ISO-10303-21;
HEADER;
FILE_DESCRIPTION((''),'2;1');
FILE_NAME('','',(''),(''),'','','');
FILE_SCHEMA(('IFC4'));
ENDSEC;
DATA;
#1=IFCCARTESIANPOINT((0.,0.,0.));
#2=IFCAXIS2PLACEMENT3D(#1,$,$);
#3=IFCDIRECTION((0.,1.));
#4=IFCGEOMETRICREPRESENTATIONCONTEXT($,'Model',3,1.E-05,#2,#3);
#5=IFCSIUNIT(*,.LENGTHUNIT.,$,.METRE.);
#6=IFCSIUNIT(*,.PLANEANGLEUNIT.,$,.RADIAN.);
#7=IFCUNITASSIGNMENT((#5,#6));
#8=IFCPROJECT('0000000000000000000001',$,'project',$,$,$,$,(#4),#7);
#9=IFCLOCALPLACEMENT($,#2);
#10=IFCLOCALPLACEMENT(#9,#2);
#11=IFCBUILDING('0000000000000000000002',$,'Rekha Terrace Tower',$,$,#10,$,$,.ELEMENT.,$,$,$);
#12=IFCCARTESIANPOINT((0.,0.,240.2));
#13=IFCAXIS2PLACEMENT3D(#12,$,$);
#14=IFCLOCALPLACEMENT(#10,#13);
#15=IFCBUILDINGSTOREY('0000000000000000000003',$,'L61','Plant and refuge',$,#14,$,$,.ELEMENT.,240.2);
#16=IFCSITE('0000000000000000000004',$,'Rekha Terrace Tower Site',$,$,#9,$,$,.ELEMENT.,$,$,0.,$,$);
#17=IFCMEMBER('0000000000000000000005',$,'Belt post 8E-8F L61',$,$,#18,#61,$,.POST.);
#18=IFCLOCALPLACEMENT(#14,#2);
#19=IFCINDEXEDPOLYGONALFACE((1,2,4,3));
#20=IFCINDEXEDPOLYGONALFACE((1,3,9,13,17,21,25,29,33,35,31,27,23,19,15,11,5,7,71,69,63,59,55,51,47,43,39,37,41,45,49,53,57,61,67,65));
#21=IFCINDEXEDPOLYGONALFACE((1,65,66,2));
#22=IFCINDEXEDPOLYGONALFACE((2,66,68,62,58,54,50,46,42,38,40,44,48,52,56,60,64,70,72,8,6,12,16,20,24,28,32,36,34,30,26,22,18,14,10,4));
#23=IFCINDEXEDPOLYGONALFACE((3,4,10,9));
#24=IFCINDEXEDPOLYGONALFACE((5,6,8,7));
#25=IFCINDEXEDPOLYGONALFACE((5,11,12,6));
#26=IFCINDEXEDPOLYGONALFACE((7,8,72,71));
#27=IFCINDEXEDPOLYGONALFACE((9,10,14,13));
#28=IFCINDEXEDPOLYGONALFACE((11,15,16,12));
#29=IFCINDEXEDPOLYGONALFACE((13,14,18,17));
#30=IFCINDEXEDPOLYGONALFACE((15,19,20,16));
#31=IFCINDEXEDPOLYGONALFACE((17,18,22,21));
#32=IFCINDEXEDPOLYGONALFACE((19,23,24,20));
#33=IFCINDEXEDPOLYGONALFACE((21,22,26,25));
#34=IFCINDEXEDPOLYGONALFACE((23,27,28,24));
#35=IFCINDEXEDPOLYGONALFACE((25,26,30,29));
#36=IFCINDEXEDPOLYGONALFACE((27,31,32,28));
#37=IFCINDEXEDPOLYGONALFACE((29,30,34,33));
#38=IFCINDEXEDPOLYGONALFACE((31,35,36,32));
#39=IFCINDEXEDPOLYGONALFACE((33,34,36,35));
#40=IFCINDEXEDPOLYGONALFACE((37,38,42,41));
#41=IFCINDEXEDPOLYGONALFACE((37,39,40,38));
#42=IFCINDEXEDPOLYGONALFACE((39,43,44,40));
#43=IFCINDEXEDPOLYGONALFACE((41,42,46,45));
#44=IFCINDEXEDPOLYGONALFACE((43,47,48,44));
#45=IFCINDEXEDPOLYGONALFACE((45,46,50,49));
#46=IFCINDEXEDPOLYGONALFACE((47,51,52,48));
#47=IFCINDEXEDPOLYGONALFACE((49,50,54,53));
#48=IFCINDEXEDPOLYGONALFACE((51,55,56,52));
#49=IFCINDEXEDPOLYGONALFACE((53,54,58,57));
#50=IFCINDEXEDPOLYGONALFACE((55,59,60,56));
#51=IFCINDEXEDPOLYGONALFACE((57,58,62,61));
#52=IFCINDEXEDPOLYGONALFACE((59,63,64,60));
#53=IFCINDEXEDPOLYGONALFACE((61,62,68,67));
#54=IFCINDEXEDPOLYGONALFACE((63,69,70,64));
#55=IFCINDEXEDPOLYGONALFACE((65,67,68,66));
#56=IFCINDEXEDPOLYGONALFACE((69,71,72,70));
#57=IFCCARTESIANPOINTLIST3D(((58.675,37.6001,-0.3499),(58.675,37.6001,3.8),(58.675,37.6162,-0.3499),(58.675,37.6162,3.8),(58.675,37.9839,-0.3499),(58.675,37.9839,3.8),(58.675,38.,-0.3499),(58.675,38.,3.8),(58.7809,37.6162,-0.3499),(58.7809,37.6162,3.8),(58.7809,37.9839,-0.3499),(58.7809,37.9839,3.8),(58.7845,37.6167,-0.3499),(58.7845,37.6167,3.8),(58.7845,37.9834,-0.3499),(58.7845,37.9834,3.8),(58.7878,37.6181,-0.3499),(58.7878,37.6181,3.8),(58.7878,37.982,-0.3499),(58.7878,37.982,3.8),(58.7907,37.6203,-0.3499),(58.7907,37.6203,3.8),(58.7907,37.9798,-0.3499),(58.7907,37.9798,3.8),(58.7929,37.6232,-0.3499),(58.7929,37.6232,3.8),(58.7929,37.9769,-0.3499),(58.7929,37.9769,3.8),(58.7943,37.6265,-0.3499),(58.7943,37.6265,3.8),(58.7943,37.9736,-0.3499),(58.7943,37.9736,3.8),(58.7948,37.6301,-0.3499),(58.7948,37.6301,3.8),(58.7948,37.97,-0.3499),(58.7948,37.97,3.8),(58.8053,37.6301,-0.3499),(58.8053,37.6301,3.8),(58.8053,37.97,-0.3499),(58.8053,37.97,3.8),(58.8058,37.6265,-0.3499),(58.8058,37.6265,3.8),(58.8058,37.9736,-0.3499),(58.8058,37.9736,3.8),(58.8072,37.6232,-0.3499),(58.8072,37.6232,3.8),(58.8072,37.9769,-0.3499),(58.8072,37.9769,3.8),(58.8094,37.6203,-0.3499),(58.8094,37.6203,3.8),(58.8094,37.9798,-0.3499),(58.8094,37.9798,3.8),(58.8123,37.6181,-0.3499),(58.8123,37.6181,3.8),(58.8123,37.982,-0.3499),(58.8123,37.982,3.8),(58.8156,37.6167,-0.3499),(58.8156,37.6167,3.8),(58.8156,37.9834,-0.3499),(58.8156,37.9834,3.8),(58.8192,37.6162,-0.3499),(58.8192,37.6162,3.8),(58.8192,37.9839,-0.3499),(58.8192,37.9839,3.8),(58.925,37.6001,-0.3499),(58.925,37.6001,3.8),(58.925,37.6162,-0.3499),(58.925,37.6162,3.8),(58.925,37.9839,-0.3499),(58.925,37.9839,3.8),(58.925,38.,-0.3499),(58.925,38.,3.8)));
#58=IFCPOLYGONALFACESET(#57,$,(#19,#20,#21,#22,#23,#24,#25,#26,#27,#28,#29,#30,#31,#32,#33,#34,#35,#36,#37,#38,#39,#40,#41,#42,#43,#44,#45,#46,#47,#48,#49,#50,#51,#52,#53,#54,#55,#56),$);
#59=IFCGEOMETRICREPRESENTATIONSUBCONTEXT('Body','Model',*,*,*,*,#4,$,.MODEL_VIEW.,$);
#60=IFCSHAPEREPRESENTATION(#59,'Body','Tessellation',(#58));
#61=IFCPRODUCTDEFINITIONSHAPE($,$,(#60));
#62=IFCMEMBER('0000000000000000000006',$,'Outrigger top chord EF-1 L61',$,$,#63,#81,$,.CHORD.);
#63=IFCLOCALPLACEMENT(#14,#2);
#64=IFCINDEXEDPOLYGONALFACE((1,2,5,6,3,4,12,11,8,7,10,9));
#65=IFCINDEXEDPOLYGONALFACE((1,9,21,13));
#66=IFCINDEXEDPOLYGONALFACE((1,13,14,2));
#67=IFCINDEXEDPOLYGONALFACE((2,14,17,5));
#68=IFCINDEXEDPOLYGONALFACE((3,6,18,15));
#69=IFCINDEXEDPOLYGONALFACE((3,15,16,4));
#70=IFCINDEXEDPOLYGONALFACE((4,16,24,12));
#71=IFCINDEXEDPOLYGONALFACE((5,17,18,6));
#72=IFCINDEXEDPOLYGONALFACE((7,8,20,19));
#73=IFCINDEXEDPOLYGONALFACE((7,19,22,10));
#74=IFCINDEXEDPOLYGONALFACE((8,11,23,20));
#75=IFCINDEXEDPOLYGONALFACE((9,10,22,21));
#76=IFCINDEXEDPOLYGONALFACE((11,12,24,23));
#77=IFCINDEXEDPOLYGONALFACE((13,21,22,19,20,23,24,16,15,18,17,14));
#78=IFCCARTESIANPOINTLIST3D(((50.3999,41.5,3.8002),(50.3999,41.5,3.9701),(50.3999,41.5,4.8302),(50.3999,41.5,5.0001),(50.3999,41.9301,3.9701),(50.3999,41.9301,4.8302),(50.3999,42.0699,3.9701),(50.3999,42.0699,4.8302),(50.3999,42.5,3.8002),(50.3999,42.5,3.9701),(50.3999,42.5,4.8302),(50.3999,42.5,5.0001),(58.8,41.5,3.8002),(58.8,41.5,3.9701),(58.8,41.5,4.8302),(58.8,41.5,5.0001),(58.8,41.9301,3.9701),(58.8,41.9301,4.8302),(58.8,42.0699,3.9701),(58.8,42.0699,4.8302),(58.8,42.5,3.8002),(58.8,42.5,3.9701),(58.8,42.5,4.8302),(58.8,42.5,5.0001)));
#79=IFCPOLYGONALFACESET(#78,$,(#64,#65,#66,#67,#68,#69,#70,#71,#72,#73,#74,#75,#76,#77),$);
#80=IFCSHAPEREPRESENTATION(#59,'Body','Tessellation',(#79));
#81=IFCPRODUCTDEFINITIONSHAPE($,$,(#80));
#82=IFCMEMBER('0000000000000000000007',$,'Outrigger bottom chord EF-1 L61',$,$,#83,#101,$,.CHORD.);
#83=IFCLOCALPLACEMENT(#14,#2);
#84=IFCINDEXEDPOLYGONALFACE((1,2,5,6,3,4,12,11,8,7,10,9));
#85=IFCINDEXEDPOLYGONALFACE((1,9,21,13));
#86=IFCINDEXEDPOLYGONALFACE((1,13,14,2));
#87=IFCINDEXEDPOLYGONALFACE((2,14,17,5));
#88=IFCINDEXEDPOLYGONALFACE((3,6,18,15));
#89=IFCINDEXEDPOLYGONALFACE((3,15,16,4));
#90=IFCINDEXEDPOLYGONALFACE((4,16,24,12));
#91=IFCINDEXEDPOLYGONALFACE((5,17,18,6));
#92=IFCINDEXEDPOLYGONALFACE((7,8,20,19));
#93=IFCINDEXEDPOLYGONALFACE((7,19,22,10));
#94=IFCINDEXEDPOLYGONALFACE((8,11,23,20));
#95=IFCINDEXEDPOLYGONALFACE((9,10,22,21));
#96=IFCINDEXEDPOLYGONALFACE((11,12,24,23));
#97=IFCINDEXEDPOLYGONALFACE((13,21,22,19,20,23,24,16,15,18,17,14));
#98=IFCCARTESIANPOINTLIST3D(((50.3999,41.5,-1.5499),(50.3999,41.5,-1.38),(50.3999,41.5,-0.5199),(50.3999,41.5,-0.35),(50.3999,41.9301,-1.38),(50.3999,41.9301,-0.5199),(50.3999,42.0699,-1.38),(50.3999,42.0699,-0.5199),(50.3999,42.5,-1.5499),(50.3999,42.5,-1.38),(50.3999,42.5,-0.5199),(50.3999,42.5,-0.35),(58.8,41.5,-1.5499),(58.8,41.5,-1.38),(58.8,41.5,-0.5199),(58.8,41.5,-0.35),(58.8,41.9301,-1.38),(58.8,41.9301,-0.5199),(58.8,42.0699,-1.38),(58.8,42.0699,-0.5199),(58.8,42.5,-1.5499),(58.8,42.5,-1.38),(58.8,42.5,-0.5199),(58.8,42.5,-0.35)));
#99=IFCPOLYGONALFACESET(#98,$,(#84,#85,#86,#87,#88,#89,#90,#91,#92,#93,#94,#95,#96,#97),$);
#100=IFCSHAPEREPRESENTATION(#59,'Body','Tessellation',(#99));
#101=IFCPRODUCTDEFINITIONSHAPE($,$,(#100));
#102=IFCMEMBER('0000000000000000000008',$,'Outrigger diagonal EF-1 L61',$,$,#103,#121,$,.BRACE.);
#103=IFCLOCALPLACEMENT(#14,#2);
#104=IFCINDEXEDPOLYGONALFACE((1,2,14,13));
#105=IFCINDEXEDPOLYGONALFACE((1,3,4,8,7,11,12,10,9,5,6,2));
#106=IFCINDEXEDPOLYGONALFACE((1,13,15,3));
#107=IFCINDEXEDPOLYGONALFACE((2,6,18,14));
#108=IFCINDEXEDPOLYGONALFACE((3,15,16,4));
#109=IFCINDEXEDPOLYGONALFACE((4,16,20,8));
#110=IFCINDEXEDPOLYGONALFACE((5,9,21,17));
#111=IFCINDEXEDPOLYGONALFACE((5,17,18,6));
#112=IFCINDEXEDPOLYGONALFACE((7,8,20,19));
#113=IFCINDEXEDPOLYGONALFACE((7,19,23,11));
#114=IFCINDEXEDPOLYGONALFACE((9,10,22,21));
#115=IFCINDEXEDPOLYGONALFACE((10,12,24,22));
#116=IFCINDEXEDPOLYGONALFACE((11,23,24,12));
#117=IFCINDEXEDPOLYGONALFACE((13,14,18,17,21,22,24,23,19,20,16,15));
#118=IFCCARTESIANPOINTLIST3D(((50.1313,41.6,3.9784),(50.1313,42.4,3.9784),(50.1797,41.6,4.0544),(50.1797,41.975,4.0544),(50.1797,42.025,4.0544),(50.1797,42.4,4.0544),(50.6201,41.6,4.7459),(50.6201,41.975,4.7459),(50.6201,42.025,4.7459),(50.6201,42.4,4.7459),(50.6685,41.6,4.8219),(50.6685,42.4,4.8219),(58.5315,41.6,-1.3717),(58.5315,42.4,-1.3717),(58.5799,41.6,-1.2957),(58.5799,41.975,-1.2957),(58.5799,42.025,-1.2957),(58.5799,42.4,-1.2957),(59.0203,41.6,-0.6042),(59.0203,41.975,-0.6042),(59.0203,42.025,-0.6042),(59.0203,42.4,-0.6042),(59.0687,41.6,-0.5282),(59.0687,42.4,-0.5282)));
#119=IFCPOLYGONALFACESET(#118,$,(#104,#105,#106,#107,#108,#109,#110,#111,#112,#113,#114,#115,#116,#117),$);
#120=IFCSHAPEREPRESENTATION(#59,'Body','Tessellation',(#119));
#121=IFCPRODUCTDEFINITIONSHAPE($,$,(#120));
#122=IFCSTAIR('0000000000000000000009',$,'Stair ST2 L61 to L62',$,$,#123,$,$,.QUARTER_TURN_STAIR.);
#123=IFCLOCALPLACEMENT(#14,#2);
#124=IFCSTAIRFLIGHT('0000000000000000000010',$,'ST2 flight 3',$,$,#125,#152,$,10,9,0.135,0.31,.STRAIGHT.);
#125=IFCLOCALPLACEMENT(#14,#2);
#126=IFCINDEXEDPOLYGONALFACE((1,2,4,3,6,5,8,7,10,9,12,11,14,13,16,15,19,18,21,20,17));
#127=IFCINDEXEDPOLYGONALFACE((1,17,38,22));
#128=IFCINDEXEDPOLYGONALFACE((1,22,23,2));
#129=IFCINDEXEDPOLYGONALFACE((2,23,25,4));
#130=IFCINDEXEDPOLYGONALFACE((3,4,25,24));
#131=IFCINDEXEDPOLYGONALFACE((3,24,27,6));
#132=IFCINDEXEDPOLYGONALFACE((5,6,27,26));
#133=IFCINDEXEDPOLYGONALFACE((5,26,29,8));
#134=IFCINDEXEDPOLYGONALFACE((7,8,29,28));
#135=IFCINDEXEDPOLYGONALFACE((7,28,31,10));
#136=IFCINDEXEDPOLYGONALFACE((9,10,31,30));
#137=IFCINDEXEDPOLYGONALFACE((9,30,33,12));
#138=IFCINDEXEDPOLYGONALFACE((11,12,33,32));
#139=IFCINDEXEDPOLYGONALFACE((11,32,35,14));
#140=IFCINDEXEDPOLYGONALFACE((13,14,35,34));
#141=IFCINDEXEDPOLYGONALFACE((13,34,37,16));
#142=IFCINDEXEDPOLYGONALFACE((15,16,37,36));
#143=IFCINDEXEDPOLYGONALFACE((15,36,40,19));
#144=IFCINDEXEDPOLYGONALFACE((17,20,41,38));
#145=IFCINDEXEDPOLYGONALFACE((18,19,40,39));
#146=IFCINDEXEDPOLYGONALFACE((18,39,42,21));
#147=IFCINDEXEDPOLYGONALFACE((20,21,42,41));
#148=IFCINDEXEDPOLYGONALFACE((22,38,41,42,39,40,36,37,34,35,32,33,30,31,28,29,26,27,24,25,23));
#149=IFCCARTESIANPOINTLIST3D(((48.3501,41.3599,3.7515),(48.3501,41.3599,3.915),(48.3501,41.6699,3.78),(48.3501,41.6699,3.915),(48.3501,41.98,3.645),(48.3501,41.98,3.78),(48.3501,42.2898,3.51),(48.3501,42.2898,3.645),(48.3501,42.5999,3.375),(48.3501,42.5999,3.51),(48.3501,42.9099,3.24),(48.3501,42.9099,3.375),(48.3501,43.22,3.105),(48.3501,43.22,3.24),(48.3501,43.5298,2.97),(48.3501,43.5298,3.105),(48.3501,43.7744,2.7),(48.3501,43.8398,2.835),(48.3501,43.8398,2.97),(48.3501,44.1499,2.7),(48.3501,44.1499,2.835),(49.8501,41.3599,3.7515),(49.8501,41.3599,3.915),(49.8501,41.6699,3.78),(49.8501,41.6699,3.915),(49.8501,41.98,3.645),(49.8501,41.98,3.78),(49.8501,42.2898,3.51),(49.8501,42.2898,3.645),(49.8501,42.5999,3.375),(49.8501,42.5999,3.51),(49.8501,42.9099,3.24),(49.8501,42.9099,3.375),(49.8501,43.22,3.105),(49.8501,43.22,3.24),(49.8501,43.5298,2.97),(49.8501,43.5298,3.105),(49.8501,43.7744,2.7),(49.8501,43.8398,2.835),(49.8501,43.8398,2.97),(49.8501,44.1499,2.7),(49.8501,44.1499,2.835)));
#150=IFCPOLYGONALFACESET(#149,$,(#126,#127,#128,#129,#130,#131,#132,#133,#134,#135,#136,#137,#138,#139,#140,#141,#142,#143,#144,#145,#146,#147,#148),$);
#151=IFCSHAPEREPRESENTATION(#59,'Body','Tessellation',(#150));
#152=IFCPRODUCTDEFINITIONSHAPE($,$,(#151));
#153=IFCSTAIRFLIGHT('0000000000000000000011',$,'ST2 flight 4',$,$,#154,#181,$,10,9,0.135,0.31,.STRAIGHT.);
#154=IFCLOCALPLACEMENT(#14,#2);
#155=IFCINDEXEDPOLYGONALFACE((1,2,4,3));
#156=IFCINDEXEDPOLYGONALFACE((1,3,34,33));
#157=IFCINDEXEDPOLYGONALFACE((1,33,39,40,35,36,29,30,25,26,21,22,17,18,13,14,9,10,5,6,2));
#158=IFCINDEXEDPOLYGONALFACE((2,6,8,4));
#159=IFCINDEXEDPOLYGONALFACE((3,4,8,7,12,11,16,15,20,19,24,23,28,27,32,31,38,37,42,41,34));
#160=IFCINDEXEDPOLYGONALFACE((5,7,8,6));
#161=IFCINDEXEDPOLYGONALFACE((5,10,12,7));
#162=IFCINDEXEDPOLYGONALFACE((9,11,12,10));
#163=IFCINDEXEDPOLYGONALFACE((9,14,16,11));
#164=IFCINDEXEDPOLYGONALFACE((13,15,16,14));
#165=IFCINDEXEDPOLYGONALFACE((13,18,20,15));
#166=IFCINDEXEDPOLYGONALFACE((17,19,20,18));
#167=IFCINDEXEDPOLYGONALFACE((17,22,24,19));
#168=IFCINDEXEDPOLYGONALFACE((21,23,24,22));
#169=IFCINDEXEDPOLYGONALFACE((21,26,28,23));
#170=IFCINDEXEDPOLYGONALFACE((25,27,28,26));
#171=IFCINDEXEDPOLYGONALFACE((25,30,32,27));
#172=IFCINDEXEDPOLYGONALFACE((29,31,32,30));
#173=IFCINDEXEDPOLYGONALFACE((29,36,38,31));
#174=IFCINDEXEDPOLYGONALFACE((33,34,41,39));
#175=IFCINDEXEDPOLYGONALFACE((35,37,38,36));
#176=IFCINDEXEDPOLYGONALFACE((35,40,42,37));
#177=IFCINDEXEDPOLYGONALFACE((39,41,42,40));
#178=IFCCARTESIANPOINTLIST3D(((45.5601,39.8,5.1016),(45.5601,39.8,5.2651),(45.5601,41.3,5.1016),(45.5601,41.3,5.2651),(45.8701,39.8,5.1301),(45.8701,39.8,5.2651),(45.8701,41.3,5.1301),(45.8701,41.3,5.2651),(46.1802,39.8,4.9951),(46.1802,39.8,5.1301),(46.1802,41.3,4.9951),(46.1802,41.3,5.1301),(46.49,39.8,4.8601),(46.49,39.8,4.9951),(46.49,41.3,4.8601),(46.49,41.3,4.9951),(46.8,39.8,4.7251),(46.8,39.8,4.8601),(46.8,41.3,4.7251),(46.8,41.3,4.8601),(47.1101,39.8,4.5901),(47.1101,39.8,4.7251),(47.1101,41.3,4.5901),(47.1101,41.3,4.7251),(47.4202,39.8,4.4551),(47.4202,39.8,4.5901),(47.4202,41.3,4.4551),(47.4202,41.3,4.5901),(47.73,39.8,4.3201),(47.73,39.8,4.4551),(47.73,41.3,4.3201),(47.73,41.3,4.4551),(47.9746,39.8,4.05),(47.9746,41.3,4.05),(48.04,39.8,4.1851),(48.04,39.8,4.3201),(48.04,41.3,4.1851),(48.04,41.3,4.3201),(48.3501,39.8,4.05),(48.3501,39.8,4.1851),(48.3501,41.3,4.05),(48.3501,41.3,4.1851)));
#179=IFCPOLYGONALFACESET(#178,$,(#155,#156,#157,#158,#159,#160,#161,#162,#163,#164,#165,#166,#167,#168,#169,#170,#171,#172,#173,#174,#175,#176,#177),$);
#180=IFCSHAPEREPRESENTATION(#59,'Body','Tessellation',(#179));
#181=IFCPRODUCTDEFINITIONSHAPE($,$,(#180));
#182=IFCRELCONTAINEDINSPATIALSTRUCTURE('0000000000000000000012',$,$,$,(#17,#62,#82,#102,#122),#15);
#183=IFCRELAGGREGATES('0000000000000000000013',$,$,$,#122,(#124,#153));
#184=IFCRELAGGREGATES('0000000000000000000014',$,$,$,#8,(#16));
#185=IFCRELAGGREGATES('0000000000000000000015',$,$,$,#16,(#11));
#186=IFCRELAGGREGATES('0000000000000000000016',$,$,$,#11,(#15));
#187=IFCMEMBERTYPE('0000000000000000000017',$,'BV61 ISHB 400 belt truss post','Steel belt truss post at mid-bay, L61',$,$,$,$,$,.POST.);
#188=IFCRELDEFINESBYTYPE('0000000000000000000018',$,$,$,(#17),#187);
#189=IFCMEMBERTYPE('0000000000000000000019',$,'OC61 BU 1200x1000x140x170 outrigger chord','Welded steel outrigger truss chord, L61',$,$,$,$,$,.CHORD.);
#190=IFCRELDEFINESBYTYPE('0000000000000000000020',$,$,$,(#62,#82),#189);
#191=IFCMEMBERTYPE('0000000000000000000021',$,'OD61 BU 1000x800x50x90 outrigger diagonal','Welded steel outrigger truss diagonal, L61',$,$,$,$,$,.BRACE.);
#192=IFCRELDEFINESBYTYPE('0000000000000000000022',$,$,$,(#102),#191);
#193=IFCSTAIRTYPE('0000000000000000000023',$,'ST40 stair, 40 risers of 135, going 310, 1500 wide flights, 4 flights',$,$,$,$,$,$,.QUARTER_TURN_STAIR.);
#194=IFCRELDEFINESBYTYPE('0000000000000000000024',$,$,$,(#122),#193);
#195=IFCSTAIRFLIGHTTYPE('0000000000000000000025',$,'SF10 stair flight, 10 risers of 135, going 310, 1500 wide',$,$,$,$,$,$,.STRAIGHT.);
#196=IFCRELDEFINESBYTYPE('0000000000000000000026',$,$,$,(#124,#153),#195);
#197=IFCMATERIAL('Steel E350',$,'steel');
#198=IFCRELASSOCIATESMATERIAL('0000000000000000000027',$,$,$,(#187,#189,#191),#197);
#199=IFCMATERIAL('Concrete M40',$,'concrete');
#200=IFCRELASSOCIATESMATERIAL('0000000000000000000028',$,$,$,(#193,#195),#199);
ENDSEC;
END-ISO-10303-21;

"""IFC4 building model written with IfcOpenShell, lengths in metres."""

from ifc_helpers import new_model, si_unit, direction, frame, origin, origin_2d, place, context, subcontext, project, spatial, polyline, i_section, outline, extrude, material, material_profile, profile_set, type_object, element, aggregate, save


model = new_model("IFC4")

# Units and contexts
model_context = context("Model", 3, precision=1e-05, world=origin(), true_north=direction((0.0, 1.0)))
body_context = subcontext(model_context, "Body", "Model", "MODEL_VIEW")
ifc_project = project(units=[si_unit("LENGTHUNIT", "METRE"), si_unit("PLANEANGLEUNIT", "RADIAN")], contexts=[model_context])

# Site, building, storey
site_placement = place(None, origin())
site = spatial("IfcSite", under=ifc_project, at=site_placement, Name="Rekha Terrace Tower Site", CompositionType="ELEMENT", RefElevation=0.0)
building_placement = place(site_placement, origin())
building = spatial("IfcBuilding", under=site, at=building_placement, Name="Rekha Terrace Tower", CompositionType="ELEMENT")
storey_placement = place(building_placement, frame((0.0, 0.0, 240.2)))
storey = spatial("IfcBuildingStorey", under=building, at=storey_placement, Name="L61", Description="Plant and refuge", CompositionType="ELEMENT", Elevation=240.2)

# Members
ifc_material_1 = material(Name="Steel E350", Category="steel")
ifc_material_profile_1 = material_profile(ifc_material_1, i_section(OverallWidth=0.25, OverallDepth=0.3999, WebThickness=0.0105, FlangeThickness=0.0161, FilletRadius=0.0139, at=origin_2d()), Name="ISHB 400")
ifc_profile_set_1 = profile_set([ifc_material_profile_1], Name="Steel E350")
member_type_1 = type_object("IfcMemberType", Name="BV61 ISHB 400 belt truss post", Description="Steel belt truss post at mid-bay, L61", PredefinedType="POST", material=ifc_profile_set_1)
member_1_placement = place(storey_placement, frame((58.8, 37.8, -0.3499), z_axis=(0.0, 0.0, 1.0), x_axis=(1.0, 0.0, 0.0)))
element("IfcMember", 1, at=member_1_placement, inside=storey, type_object=member_type_1, Name="Belt post 8E-8F L61", PredefinedType="POST", context=body_context, shape_type="SweptSolid", body=[
    extrude(i_section(OverallWidth=0.25, OverallDepth=0.3999, WebThickness=0.0105, FlangeThickness=0.0161, FilletRadius=0.0139, at=origin_2d()), origin(), (0.0, 0.0, 1.0), 4.1499),
])
ifc_material_profile_2 = material_profile(ifc_material_1, i_section(OverallWidth=1.0, OverallDepth=1.2, WebThickness=0.1399, FlangeThickness=0.1699, at=origin_2d()), Name="BU 1200x1000x140x170")
ifc_profile_set_2 = profile_set([ifc_material_profile_2], Name="Steel E350")
member_type_2 = type_object("IfcMemberType", Name="OC61 BU 1200x1000x140x170 outrigger chord", Description="Welded steel outrigger truss chord, L61", PredefinedType="CHORD", material=ifc_profile_set_2)
for number, where, z_axis, x_axis, name in (
    (2, (50.3999, 42.0, 4.4001), (1.0, 0.0, 0.0), (0.0, 1.0, 0.0), "Outrigger top chord EF-1 L61"),
    (3, (50.3999, 42.0, -0.95), (1.0, 0.0, 0.0), (0.0, 1.0, 0.0), "Outrigger bottom chord EF-1 L61"),
):
    element("IfcMember", number, at=place(storey_placement, frame(where, z_axis=z_axis, x_axis=x_axis)), inside=storey, type_object=member_type_2, Name=name, PredefinedType="CHORD", context=body_context, shape_type="SweptSolid", body=[
        extrude(i_section(OverallWidth=1.0, OverallDepth=1.2, WebThickness=0.1399, FlangeThickness=0.1699, at=origin_2d()), origin(), (0.0, 0.0, 1.0), 8.4001),
    ])
ifc_material_profile_3 = material_profile(ifc_material_1, i_section(OverallWidth=0.8, OverallDepth=1.0, WebThickness=0.05, FlangeThickness=0.0901, at=origin_2d()), Name="BU 1000x800x50x90")
ifc_profile_set_3 = profile_set([ifc_material_profile_3], Name="Steel E350")
member_type_3 = type_object("IfcMemberType", Name="OD61 BU 1000x800x50x90 outrigger diagonal", Description="Welded steel outrigger truss diagonal, L61", PredefinedType="BRACE", material=ifc_profile_set_3)
member_2_placement = place(storey_placement, frame((50.3999, 42.0, 4.4001), z_axis=(0.843454, 0.0, -0.537201), x_axis=(0.0, 1.0, 0.0)))
element("IfcMember", 4, at=member_2_placement, inside=storey, type_object=member_type_3, Name="Outrigger diagonal EF-1 L61", PredefinedType="BRACE", context=body_context, shape_type="SweptSolid", body=[
    extrude(i_section(OverallWidth=0.8, OverallDepth=1.0, WebThickness=0.05, FlangeThickness=0.0901, at=origin_2d()), origin(), (0.0, 0.0, 1.0), 9.9592),
])

# Stair, stair flights
ifc_material_2 = material(Name="Concrete M40", Category="concrete")
stair_type = type_object("IfcStairType", Name="ST40 stair, 40 risers of 135, going 310, 1500 wide flights, 4 flights", PredefinedType="QUARTER_TURN_STAIR", material=ifc_material_2)
stair_placement = place(storey_placement, origin())
stair = element("IfcStair", 5, at=stair_placement, inside=storey, type_object=stair_type, Name="Stair ST2 L61 to L62", PredefinedType="QUARTER_TURN_STAIR")
stair_flight_type = type_object("IfcStairFlightType", Name="SF10 stair flight, 10 risers of 135, going 310, 1500 wide", PredefinedType="STRAIGHT", material=ifc_material_2)
stair_flight_1_placement = place(storey_placement, frame((49.1001, 44.1499, 2.7), z_axis=(0.0, 0.0, 1.0), x_axis=(0.0, -1.0, 0.0)))
stair_flight_1 = element("IfcStairFlight", 6, at=stair_flight_1_placement, type_object=stair_flight_type, Name="ST2 flight 3", NumberOfRisers=10, NumberOfTreads=9, PredefinedType="STRAIGHT", RiserHeight=0.135, TreadLength=0.31, context=body_context, shape_type="SweptSolid", body=[
    extrude(outline(polyline([(0.0, 0.0), (0.0, 0.135), (0.3101, 0.135), (0.3101, 0.27), (0.6201, 0.27), (0.6201, 0.405), (0.9299, 0.405), (0.9299, 0.54), (1.24, 0.54), (1.24, 0.675), (1.55, 0.675), (1.55, 0.8101), (1.8601, 0.8101), (1.8601, 0.9451), (2.1699, 0.9451), (2.1699, 1.0801), (2.48, 1.0801), (2.48, 1.2151), (2.79, 1.2151), (2.79, 1.3501), (2.79, 1.0515), (0.3755, 0.0), (0.0, 0.0)])), frame((0.0, 0.75, 0.0), z_axis=(0.0, -1.0, 0.0), x_axis=(1.0, 0.0, 0.0)), (0.0, 0.0, 1.0), 1.5),
])
stair_flight_2_placement = place(storey_placement, frame((48.3501, 40.55, 4.05), z_axis=(0.0, 0.0, 1.0), x_axis=(-1.0, 0.0, 0.0)))
stair_flight_2 = element("IfcStairFlight", 7, at=stair_flight_2_placement, type_object=stair_flight_type, Name="ST2 flight 4", NumberOfRisers=10, NumberOfTreads=9, PredefinedType="STRAIGHT", RiserHeight=0.135, TreadLength=0.31, context=body_context, shape_type="SweptSolid", body=[
    extrude(outline(polyline([(0.0, 0.0), (0.0, 0.135), (0.3101, 0.135), (0.3101, 0.27), (0.6201, 0.27), (0.6201, 0.405), (0.9299, 0.405), (0.9299, 0.54), (1.24, 0.54), (1.24, 0.675), (1.55, 0.675), (1.55, 0.8101), (1.8601, 0.8101), (1.8601, 0.9451), (2.1699, 0.9451), (2.1699, 1.0801), (2.48, 1.0801), (2.48, 1.2151), (2.79, 1.2151), (2.79, 1.3501), (2.79, 1.0515), (0.3755, 0.0), (0.0, 0.0)])), frame((0.0, 0.75, 0.0), z_axis=(0.0, -1.0, 0.0), x_axis=(1.0, 0.0, 0.0)), (0.0, 0.0, 1.0), 1.5),
])
aggregate(stair, [stair_flight_1, stair_flight_2])

save(model, "model.ifc")
